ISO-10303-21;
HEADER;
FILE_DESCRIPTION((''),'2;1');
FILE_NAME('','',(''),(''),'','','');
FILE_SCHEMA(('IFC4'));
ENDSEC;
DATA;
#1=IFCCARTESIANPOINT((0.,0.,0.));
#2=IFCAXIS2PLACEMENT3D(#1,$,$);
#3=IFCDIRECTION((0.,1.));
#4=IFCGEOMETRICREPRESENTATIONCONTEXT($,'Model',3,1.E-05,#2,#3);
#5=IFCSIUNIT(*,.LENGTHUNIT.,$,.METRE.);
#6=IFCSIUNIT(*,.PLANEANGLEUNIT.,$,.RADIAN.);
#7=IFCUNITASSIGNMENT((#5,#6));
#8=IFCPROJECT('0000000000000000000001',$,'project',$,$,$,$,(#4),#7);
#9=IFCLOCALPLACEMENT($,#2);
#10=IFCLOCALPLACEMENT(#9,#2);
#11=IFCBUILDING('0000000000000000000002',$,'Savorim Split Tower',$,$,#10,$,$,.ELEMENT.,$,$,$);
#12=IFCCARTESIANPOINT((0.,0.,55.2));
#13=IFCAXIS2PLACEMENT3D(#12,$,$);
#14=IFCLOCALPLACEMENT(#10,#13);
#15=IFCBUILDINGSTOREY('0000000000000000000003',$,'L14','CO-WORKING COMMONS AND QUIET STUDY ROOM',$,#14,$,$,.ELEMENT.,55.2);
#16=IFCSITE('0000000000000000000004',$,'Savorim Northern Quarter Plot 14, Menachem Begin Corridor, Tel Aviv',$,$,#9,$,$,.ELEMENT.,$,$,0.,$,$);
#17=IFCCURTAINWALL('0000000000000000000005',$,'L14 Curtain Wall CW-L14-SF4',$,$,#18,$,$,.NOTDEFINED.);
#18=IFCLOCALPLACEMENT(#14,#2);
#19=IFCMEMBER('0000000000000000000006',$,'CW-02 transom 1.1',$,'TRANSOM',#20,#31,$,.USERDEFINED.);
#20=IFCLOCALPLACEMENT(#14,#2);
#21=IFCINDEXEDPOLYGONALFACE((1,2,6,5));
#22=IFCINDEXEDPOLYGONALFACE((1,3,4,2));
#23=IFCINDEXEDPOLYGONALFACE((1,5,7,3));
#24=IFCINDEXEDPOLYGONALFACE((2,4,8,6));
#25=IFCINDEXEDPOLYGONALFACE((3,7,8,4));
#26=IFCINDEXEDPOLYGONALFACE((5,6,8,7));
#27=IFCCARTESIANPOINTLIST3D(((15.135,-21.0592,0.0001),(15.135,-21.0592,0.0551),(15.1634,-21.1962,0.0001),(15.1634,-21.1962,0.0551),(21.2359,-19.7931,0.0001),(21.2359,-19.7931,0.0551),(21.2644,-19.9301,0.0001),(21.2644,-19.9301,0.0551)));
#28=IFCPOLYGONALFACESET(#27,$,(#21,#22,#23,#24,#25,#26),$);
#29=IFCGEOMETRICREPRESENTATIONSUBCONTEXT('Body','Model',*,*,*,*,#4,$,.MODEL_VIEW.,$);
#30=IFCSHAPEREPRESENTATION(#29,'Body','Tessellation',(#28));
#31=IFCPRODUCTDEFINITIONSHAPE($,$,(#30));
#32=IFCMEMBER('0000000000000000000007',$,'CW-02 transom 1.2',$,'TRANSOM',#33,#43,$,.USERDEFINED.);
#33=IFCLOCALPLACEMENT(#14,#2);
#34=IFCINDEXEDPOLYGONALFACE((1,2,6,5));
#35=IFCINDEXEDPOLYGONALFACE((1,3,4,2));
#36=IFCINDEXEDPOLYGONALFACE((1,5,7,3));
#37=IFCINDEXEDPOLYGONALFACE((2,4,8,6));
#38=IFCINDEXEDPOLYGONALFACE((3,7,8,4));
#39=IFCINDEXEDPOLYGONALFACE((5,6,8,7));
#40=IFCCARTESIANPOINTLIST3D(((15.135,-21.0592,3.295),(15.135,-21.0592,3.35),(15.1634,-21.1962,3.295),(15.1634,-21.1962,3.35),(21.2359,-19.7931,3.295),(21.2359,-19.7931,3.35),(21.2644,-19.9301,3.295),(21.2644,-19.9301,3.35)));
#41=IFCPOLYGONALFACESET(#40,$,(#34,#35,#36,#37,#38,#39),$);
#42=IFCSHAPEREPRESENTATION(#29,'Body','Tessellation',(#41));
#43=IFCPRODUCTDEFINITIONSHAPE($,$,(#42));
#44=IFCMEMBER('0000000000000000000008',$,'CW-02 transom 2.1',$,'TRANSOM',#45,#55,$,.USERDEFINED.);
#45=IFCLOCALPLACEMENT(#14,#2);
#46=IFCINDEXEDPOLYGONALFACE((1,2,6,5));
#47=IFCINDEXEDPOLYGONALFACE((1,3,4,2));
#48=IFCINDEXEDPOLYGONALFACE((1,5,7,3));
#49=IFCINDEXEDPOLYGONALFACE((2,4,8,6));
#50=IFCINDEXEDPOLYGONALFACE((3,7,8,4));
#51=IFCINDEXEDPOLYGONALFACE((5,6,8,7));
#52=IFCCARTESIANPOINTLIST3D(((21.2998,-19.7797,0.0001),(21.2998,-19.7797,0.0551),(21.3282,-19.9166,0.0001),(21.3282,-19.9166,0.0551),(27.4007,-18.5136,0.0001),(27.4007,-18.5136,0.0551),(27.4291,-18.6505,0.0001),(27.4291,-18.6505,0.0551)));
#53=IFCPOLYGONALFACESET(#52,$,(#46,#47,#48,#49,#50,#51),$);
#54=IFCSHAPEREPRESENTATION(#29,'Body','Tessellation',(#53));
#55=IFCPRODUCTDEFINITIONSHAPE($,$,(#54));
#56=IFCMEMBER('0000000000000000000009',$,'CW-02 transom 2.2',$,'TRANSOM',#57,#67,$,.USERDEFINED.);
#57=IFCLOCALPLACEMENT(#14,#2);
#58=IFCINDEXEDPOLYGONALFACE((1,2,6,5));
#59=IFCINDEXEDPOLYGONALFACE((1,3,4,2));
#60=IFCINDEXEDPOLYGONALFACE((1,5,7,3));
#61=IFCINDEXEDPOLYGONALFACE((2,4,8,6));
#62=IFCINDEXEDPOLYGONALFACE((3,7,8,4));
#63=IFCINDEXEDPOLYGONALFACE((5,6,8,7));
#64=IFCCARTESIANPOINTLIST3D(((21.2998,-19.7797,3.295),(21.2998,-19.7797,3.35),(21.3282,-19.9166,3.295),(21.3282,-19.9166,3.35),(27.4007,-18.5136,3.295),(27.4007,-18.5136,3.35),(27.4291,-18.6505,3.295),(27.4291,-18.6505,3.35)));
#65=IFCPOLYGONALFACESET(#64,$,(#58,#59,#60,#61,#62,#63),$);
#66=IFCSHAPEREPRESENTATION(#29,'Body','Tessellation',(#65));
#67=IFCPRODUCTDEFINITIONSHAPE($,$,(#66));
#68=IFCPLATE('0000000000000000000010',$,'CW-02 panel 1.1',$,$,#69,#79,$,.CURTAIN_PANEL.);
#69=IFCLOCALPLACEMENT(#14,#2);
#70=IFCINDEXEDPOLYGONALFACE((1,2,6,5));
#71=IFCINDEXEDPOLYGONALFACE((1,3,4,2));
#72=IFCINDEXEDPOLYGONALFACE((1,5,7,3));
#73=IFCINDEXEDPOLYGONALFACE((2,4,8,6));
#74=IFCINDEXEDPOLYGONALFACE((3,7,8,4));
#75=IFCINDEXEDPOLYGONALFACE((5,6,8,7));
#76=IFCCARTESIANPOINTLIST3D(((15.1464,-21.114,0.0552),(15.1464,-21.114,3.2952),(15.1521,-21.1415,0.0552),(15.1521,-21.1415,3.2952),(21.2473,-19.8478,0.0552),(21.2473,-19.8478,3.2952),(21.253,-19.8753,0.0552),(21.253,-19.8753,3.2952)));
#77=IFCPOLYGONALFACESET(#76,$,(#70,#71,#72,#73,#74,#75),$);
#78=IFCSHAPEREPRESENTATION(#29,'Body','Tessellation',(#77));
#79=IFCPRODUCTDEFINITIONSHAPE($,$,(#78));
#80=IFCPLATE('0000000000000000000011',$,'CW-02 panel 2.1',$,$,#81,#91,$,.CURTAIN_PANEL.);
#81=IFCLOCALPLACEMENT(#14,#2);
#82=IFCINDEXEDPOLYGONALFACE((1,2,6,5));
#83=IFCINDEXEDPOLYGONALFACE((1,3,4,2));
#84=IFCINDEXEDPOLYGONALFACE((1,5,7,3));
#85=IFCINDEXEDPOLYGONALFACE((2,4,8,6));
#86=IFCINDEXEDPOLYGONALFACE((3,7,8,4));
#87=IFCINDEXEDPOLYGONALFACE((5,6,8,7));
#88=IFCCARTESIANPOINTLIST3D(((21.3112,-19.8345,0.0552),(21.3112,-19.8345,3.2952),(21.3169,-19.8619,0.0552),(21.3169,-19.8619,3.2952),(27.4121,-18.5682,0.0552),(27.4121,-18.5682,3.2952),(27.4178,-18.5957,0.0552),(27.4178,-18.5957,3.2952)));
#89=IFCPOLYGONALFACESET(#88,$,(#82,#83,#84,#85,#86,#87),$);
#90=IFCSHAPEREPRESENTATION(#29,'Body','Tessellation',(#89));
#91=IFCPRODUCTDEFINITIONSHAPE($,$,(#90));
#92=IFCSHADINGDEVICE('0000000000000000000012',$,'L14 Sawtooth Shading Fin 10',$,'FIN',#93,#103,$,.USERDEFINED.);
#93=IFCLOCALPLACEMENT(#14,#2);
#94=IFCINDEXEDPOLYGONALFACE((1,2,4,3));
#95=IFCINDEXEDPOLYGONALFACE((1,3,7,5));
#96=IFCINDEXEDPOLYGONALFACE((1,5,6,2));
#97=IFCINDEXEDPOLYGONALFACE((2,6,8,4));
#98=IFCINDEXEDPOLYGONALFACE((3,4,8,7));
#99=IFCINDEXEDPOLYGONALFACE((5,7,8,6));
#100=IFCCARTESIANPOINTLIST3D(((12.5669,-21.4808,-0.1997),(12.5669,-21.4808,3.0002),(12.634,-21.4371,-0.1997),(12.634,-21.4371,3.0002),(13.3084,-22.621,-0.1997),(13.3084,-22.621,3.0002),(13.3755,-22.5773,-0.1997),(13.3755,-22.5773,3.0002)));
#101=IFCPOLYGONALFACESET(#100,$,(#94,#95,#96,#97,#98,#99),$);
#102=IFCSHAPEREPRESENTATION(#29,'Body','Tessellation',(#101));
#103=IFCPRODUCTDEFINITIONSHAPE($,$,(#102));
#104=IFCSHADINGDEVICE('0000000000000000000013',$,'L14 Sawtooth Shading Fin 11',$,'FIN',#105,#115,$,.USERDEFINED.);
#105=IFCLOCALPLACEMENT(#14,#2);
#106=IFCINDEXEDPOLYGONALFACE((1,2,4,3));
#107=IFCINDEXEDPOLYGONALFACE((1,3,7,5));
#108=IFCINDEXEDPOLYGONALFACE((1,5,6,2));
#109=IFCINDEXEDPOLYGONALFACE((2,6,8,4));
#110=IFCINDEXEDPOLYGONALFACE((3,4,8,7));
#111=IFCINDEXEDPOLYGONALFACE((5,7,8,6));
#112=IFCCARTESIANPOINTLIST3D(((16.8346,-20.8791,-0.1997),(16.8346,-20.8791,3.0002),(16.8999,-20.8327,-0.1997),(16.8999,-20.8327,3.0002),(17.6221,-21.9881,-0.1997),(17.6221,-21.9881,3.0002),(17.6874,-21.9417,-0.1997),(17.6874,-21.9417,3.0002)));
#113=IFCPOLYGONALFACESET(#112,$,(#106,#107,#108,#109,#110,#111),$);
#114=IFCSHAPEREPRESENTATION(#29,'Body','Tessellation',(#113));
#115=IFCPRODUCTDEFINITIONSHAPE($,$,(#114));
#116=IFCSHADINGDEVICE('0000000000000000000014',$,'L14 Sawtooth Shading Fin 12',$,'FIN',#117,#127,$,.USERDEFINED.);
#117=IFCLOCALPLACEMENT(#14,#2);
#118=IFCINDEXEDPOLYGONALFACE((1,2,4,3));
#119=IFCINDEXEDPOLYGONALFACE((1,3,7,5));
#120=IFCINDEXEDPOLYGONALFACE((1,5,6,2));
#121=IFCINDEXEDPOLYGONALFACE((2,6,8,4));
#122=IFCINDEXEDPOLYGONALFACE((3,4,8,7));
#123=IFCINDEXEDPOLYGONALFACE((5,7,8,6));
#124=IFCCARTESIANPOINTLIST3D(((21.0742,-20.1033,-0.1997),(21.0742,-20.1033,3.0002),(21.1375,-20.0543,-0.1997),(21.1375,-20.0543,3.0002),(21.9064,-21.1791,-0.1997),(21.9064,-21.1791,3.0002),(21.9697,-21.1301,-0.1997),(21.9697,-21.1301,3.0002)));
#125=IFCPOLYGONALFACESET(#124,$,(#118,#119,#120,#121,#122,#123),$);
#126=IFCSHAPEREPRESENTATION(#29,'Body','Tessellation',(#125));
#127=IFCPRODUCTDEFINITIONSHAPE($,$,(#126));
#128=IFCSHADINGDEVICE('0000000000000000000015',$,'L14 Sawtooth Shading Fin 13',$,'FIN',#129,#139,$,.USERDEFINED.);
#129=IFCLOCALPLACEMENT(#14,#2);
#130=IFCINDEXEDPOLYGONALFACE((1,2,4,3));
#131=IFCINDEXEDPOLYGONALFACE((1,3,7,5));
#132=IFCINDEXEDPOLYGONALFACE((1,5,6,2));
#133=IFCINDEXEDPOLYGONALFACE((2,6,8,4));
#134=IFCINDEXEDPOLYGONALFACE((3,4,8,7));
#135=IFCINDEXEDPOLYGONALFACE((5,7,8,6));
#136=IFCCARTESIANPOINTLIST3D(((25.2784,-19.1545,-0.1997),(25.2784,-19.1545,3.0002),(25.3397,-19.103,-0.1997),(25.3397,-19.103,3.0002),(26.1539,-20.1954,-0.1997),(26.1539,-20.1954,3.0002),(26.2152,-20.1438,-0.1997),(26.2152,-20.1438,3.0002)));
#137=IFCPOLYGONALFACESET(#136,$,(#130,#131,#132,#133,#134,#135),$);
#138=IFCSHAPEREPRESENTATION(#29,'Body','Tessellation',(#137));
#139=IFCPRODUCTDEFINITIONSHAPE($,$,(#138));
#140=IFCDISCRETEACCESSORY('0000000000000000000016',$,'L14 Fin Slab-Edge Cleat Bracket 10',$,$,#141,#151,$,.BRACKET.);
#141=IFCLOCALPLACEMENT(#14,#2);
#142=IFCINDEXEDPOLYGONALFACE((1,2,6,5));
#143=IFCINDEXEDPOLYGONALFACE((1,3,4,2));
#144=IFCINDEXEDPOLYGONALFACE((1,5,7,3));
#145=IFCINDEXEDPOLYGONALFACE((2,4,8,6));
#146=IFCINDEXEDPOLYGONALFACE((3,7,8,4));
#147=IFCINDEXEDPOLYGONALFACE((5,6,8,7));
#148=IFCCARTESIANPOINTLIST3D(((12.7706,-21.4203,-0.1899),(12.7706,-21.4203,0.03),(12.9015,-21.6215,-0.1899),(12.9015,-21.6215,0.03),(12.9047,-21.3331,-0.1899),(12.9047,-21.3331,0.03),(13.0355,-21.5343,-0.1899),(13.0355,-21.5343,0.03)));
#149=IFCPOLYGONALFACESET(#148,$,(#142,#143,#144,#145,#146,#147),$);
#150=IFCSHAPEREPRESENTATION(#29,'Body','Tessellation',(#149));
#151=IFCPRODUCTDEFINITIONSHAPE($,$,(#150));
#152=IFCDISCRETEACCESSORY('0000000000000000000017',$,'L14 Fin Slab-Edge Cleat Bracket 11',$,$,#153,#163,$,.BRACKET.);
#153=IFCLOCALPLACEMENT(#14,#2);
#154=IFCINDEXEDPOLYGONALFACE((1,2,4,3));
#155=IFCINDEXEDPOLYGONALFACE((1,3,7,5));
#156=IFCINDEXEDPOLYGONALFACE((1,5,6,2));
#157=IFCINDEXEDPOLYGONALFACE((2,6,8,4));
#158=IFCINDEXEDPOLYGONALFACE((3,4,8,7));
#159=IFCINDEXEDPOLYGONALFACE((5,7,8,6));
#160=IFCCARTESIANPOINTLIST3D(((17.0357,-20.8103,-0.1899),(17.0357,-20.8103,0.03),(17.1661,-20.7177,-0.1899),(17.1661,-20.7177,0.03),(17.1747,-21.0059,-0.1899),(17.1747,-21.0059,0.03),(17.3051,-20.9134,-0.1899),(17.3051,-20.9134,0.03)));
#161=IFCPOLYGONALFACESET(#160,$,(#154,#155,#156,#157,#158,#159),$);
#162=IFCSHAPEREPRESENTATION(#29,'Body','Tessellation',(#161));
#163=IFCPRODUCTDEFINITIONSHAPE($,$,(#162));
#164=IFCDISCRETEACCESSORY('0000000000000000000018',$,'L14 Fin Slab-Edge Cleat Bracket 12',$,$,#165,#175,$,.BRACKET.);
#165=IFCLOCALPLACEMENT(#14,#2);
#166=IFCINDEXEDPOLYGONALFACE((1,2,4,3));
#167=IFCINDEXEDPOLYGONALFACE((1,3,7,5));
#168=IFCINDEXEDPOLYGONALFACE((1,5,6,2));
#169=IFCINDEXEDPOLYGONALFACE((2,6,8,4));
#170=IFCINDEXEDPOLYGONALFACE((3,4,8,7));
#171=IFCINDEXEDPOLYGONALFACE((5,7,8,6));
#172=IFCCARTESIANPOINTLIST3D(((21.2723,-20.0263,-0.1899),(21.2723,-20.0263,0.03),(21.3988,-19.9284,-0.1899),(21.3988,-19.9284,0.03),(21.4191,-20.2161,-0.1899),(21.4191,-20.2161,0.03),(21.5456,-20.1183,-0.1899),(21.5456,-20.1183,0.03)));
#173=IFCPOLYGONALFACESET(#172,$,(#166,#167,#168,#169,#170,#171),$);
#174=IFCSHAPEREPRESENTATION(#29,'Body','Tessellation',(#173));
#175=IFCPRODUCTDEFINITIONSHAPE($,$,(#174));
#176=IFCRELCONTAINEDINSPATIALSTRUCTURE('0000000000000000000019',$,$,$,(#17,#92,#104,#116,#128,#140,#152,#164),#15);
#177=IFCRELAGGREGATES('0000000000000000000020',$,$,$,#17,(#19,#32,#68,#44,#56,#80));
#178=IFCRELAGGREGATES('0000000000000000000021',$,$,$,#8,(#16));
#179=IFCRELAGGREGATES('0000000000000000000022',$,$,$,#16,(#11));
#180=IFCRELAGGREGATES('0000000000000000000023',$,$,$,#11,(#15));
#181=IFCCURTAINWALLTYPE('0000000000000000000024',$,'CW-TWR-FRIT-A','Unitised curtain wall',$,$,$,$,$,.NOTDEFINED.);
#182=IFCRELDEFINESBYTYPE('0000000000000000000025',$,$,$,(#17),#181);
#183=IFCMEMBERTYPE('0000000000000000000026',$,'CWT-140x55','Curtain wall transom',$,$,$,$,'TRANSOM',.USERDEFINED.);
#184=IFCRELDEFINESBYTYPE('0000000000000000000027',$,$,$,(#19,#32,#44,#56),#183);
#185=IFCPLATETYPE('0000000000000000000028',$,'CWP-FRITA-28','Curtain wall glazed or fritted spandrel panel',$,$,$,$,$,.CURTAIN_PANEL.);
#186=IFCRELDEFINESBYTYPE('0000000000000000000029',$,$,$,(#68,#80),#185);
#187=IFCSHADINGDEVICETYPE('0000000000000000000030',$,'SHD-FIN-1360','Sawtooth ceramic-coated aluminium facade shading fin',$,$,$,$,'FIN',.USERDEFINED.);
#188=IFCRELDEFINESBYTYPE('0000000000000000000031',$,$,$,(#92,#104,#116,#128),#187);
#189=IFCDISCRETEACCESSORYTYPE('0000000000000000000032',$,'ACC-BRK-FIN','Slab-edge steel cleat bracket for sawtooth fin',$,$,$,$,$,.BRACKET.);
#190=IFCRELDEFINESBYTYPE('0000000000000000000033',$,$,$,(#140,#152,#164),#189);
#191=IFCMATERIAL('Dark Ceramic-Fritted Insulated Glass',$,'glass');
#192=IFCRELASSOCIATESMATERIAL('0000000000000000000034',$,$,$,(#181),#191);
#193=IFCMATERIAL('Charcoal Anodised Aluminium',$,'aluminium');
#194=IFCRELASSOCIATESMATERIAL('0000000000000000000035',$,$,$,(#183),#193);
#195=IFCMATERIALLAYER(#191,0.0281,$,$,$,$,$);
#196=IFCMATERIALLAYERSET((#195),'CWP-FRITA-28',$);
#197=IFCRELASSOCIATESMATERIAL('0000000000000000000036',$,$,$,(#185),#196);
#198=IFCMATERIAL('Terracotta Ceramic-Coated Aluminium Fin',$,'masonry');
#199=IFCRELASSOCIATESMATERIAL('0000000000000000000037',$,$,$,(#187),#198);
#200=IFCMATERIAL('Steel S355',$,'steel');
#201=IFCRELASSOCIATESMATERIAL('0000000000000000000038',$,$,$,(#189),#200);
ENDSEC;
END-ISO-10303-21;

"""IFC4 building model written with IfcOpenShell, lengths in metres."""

from ifc_helpers import new_model, si_unit, direction, frame, origin, origin_2d, place, context, subcontext, project, spatial, rectangle, extrude, material, layer, layer_set, material_profile, profile_set, type_object, element, aggregate, save


model = new_model("IFC4")

# Units and contexts
model_context = context("Model", 3, precision=1e-05, world=origin(), true_north=direction((0.0, 1.0)))
body_context = subcontext(model_context, "Body", "Model", "MODEL_VIEW")
ifc_project = project(units=[si_unit("LENGTHUNIT", "METRE"), si_unit("PLANEANGLEUNIT", "RADIAN")], contexts=[model_context])

# Site, building, storey
site_placement = place(None, origin())
site = spatial("IfcSite", under=ifc_project, at=site_placement, Name="Savorim Northern Quarter Plot 14, Menachem Begin Corridor, Tel Aviv", CompositionType="ELEMENT", RefElevation=0.0)
building_placement = place(site_placement, origin())
building = spatial("IfcBuilding", under=site, at=building_placement, Name="Savorim Split Tower", CompositionType="ELEMENT")
storey_placement = place(building_placement, frame((0.0, 0.0, 55.2)))
storey = spatial("IfcBuildingStorey", under=building, at=storey_placement, Name="L14", Description="CO-WORKING COMMONS AND QUIET STUDY ROOM", CompositionType="ELEMENT", Elevation=55.2)

# Shared definitions
ifc_material_1 = material(Name="Steel S355", Category="steel")

# Shared definitions
ifc_material_2 = material(Name="Dark Ceramic-Fritted Insulated Glass", Category="glass")
curtain_wall_type = type_object("IfcCurtainWallType", Name="CW-TWR-FRIT-A", Description="Unitised curtain wall", PredefinedType="NOTDEFINED", material=ifc_material_2)
ifc_material_3 = material(Name="Charcoal Anodised Aluminium", Category="aluminium")

# Curtain wall, members, plates
curtain_wall_1_placement = place(storey_placement, origin())
curtain_wall_1 = element("IfcCurtainWall", 1, at=curtain_wall_1_placement, inside=storey, type_object=curtain_wall_type, Name="L14 Curtain Wall CW-L14-SF4", PredefinedType="NOTDEFINED")
ifc_material_profile_1 = material_profile(ifc_material_3, rectangle(XDim=0.1399, YDim=0.0549, at=origin_2d()), Name="ALU-T 140x55")
ifc_profile_set_1 = profile_set([ifc_material_profile_1], Name="Charcoal Anodised Aluminium")
member_type_1 = type_object("IfcMemberType", Name="CWT-140x55", Description="Curtain wall transom", ElementType="TRANSOM", PredefinedType="USERDEFINED", material=ifc_profile_set_1)
member_1_placement = place(storey_placement, frame((15.1492, -21.1277, 0.0276), z_axis=(0.979139, 0.203194, 0.0), x_axis=(-0.203194, 0.979139, 0.0)))
member_1 = element("IfcMember", 2, at=member_1_placement, type_object=member_type_1, Name="CW-02 transom 1.1", ObjectType="TRANSOM", PredefinedType="USERDEFINED", context=body_context, shape_type="SweptSolid", body=[
    extrude(rectangle(XDim=0.1399, YDim=0.0549, at=origin_2d()), origin(), (0.0, 0.0, 1.0), 6.231),
])
member_2_placement = place(storey_placement, frame((15.1492, -21.1277, 3.3225), z_axis=(0.979139, 0.203194, 0.0), x_axis=(-0.203194, 0.979139, 0.0)))
member_2 = element("IfcMember", 3, at=member_2_placement, type_object=member_type_1, Name="CW-02 transom 1.2", ObjectType="TRANSOM", PredefinedType="USERDEFINED", context=body_context, shape_type="SweptSolid", body=[
    extrude(rectangle(XDim=0.1399, YDim=0.0549, at=origin_2d()), origin(), (0.0, 0.0, 1.0), 6.231),
])
member_3_placement = place(storey_placement, frame((21.314, -19.8481, 0.0276), z_axis=(0.979139, 0.203194, 0.0), x_axis=(-0.203194, 0.979139, 0.0)))
member_3 = element("IfcMember", 4, at=member_3_placement, type_object=member_type_1, Name="CW-02 transom 2.1", ObjectType="TRANSOM", PredefinedType="USERDEFINED", context=body_context, shape_type="SweptSolid", body=[
    extrude(rectangle(XDim=0.1399, YDim=0.0549, at=origin_2d()), origin(), (0.0, 0.0, 1.0), 6.231),
])
member_4_placement = place(storey_placement, frame((21.314, -19.8481, 3.3225), z_axis=(0.979139, 0.203194, 0.0), x_axis=(-0.203194, 0.979139, 0.0)))
member_4 = element("IfcMember", 5, at=member_4_placement, type_object=member_type_1, Name="CW-02 transom 2.2", ObjectType="TRANSOM", PredefinedType="USERDEFINED", context=body_context, shape_type="SweptSolid", body=[
    extrude(rectangle(XDim=0.1399, YDim=0.0549, at=origin_2d()), origin(), (0.0, 0.0, 1.0), 6.231),
])
ifc_layer = layer(ifc_material_2, 0.0281)
ifc_layer_set = layer_set([ifc_layer], Name="CWP-FRITA-28")
plate_type = type_object("IfcPlateType", Name="CWP-FRITA-28", Description="Curtain wall glazed or fritted spandrel panel", PredefinedType="CURTAIN_PANEL", material=ifc_layer_set)
plate_1_placement = place(storey_placement, frame((18.1997, -20.4946, 0.0552), z_axis=(0.0, 0.0, 1.0), x_axis=(0.979134, 0.203214, 0.0)))
plate_1 = element("IfcPlate", 6, at=plate_1_placement, type_object=plate_type, Name="CW-02 panel 1.1", PredefinedType="CURTAIN_PANEL", context=body_context, shape_type="SweptSolid", body=[
    extrude(rectangle(XDim=6.231, YDim=0.0281, at=origin_2d()), origin(), (0.0, 0.0, 1.0), 3.24),
])
plate_2_placement = place(storey_placement, frame((24.3645, -19.2151, 0.0552), z_axis=(0.0, 0.0, 1.0), x_axis=(0.979134, 0.203214, 0.0)))
plate_2 = element("IfcPlate", 7, at=plate_2_placement, type_object=plate_type, Name="CW-02 panel 2.1", PredefinedType="CURTAIN_PANEL", context=body_context, shape_type="SweptSolid", body=[
    extrude(rectangle(XDim=6.231, YDim=0.0281, at=origin_2d()), origin(), (0.0, 0.0, 1.0), 3.24),
])
aggregate(curtain_wall_1, [member_1, member_2, plate_1, member_3, member_4, plate_2])

# Shading devices
ifc_material_4 = material(Name="Terracotta Ceramic-Coated Aluminium Fin", Category="masonry")
shading_device_type = type_object("IfcShadingDeviceType", Name="SHD-FIN-1360", Description="Sawtooth ceramic-coated aluminium facade shading fin", ElementType="FIN", PredefinedType="USERDEFINED", material=ifc_material_4)
for number, where, z_axis, x_axis, name in (
    (8, (12.9712, -22.0291, -0.1997), (0.0, 0.0, 1.0), (0.545148, -0.83834, 0.0), "L14 Sawtooth Shading Fin 10"),
    (9, (17.261, -21.4104, -0.1997), (0.0, 0.0, 1.0), (0.578994, -0.815332, 0.0), "L14 Sawtooth Shading Fin 11"),
    (10, (21.522, -20.6167, -0.1997), (0.0, 0.0, 1.0), (0.611868, -0.79096, 0.0), "L14 Sawtooth Shading Fin 12"),
    (11, (25.7468, -19.6492, -0.1997), (0.0, 0.0, 1.0), (0.643719, -0.765262, 0.0), "L14 Sawtooth Shading Fin 13"),
):
    element("IfcShadingDevice", number, at=place(storey_placement, frame(where, z_axis=z_axis, x_axis=x_axis)), inside=storey, type_object=shading_device_type, Name=name, ObjectType="FIN", PredefinedType="USERDEFINED", context=body_context, shape_type="SweptSolid", body=[
        extrude(rectangle(XDim=1.3601, YDim=0.0801, at=origin_2d()), origin(), (0.0, 0.0, 1.0), 3.2),
    ])

# Discrete accessories
discrete_accessory_type = type_object("IfcDiscreteAccessoryType", Name="ACC-BRK-FIN", Description="Slab-edge steel cleat bracket for sawtooth fin", PredefinedType="BRACKET", material=ifc_material_1)
for number, where, z_axis, x_axis, name in (
    (12, (12.9031, -21.4773, -0.1899), (0.0, 0.0, 1.0), (0.545148, -0.83834, 0.0), "L14 Fin Slab-Edge Cleat Bracket 10"),
    (13, (17.1704, -20.8618, -0.1899), (0.0, 0.0, 1.0), (0.578994, -0.815332, 0.0), "L14 Fin Slab-Edge Cleat Bracket 11"),
    (14, (21.4089, -20.0723, -0.1899), (0.0, 0.0, 1.0), (0.611868, -0.79096, 0.0), "L14 Fin Slab-Edge Cleat Bracket 12"),
):
    element("IfcDiscreteAccessory", number, at=place(storey_placement, frame(where, z_axis=z_axis, x_axis=x_axis)), inside=storey, type_object=discrete_accessory_type, Name=name, PredefinedType="BRACKET", context=body_context, shape_type="SweptSolid", body=[
        extrude(rectangle(XDim=0.24, YDim=0.1599, at=origin_2d()), origin(), (0.0, 0.0, 1.0), 0.22),
    ])

save(model, "model.ifc")
